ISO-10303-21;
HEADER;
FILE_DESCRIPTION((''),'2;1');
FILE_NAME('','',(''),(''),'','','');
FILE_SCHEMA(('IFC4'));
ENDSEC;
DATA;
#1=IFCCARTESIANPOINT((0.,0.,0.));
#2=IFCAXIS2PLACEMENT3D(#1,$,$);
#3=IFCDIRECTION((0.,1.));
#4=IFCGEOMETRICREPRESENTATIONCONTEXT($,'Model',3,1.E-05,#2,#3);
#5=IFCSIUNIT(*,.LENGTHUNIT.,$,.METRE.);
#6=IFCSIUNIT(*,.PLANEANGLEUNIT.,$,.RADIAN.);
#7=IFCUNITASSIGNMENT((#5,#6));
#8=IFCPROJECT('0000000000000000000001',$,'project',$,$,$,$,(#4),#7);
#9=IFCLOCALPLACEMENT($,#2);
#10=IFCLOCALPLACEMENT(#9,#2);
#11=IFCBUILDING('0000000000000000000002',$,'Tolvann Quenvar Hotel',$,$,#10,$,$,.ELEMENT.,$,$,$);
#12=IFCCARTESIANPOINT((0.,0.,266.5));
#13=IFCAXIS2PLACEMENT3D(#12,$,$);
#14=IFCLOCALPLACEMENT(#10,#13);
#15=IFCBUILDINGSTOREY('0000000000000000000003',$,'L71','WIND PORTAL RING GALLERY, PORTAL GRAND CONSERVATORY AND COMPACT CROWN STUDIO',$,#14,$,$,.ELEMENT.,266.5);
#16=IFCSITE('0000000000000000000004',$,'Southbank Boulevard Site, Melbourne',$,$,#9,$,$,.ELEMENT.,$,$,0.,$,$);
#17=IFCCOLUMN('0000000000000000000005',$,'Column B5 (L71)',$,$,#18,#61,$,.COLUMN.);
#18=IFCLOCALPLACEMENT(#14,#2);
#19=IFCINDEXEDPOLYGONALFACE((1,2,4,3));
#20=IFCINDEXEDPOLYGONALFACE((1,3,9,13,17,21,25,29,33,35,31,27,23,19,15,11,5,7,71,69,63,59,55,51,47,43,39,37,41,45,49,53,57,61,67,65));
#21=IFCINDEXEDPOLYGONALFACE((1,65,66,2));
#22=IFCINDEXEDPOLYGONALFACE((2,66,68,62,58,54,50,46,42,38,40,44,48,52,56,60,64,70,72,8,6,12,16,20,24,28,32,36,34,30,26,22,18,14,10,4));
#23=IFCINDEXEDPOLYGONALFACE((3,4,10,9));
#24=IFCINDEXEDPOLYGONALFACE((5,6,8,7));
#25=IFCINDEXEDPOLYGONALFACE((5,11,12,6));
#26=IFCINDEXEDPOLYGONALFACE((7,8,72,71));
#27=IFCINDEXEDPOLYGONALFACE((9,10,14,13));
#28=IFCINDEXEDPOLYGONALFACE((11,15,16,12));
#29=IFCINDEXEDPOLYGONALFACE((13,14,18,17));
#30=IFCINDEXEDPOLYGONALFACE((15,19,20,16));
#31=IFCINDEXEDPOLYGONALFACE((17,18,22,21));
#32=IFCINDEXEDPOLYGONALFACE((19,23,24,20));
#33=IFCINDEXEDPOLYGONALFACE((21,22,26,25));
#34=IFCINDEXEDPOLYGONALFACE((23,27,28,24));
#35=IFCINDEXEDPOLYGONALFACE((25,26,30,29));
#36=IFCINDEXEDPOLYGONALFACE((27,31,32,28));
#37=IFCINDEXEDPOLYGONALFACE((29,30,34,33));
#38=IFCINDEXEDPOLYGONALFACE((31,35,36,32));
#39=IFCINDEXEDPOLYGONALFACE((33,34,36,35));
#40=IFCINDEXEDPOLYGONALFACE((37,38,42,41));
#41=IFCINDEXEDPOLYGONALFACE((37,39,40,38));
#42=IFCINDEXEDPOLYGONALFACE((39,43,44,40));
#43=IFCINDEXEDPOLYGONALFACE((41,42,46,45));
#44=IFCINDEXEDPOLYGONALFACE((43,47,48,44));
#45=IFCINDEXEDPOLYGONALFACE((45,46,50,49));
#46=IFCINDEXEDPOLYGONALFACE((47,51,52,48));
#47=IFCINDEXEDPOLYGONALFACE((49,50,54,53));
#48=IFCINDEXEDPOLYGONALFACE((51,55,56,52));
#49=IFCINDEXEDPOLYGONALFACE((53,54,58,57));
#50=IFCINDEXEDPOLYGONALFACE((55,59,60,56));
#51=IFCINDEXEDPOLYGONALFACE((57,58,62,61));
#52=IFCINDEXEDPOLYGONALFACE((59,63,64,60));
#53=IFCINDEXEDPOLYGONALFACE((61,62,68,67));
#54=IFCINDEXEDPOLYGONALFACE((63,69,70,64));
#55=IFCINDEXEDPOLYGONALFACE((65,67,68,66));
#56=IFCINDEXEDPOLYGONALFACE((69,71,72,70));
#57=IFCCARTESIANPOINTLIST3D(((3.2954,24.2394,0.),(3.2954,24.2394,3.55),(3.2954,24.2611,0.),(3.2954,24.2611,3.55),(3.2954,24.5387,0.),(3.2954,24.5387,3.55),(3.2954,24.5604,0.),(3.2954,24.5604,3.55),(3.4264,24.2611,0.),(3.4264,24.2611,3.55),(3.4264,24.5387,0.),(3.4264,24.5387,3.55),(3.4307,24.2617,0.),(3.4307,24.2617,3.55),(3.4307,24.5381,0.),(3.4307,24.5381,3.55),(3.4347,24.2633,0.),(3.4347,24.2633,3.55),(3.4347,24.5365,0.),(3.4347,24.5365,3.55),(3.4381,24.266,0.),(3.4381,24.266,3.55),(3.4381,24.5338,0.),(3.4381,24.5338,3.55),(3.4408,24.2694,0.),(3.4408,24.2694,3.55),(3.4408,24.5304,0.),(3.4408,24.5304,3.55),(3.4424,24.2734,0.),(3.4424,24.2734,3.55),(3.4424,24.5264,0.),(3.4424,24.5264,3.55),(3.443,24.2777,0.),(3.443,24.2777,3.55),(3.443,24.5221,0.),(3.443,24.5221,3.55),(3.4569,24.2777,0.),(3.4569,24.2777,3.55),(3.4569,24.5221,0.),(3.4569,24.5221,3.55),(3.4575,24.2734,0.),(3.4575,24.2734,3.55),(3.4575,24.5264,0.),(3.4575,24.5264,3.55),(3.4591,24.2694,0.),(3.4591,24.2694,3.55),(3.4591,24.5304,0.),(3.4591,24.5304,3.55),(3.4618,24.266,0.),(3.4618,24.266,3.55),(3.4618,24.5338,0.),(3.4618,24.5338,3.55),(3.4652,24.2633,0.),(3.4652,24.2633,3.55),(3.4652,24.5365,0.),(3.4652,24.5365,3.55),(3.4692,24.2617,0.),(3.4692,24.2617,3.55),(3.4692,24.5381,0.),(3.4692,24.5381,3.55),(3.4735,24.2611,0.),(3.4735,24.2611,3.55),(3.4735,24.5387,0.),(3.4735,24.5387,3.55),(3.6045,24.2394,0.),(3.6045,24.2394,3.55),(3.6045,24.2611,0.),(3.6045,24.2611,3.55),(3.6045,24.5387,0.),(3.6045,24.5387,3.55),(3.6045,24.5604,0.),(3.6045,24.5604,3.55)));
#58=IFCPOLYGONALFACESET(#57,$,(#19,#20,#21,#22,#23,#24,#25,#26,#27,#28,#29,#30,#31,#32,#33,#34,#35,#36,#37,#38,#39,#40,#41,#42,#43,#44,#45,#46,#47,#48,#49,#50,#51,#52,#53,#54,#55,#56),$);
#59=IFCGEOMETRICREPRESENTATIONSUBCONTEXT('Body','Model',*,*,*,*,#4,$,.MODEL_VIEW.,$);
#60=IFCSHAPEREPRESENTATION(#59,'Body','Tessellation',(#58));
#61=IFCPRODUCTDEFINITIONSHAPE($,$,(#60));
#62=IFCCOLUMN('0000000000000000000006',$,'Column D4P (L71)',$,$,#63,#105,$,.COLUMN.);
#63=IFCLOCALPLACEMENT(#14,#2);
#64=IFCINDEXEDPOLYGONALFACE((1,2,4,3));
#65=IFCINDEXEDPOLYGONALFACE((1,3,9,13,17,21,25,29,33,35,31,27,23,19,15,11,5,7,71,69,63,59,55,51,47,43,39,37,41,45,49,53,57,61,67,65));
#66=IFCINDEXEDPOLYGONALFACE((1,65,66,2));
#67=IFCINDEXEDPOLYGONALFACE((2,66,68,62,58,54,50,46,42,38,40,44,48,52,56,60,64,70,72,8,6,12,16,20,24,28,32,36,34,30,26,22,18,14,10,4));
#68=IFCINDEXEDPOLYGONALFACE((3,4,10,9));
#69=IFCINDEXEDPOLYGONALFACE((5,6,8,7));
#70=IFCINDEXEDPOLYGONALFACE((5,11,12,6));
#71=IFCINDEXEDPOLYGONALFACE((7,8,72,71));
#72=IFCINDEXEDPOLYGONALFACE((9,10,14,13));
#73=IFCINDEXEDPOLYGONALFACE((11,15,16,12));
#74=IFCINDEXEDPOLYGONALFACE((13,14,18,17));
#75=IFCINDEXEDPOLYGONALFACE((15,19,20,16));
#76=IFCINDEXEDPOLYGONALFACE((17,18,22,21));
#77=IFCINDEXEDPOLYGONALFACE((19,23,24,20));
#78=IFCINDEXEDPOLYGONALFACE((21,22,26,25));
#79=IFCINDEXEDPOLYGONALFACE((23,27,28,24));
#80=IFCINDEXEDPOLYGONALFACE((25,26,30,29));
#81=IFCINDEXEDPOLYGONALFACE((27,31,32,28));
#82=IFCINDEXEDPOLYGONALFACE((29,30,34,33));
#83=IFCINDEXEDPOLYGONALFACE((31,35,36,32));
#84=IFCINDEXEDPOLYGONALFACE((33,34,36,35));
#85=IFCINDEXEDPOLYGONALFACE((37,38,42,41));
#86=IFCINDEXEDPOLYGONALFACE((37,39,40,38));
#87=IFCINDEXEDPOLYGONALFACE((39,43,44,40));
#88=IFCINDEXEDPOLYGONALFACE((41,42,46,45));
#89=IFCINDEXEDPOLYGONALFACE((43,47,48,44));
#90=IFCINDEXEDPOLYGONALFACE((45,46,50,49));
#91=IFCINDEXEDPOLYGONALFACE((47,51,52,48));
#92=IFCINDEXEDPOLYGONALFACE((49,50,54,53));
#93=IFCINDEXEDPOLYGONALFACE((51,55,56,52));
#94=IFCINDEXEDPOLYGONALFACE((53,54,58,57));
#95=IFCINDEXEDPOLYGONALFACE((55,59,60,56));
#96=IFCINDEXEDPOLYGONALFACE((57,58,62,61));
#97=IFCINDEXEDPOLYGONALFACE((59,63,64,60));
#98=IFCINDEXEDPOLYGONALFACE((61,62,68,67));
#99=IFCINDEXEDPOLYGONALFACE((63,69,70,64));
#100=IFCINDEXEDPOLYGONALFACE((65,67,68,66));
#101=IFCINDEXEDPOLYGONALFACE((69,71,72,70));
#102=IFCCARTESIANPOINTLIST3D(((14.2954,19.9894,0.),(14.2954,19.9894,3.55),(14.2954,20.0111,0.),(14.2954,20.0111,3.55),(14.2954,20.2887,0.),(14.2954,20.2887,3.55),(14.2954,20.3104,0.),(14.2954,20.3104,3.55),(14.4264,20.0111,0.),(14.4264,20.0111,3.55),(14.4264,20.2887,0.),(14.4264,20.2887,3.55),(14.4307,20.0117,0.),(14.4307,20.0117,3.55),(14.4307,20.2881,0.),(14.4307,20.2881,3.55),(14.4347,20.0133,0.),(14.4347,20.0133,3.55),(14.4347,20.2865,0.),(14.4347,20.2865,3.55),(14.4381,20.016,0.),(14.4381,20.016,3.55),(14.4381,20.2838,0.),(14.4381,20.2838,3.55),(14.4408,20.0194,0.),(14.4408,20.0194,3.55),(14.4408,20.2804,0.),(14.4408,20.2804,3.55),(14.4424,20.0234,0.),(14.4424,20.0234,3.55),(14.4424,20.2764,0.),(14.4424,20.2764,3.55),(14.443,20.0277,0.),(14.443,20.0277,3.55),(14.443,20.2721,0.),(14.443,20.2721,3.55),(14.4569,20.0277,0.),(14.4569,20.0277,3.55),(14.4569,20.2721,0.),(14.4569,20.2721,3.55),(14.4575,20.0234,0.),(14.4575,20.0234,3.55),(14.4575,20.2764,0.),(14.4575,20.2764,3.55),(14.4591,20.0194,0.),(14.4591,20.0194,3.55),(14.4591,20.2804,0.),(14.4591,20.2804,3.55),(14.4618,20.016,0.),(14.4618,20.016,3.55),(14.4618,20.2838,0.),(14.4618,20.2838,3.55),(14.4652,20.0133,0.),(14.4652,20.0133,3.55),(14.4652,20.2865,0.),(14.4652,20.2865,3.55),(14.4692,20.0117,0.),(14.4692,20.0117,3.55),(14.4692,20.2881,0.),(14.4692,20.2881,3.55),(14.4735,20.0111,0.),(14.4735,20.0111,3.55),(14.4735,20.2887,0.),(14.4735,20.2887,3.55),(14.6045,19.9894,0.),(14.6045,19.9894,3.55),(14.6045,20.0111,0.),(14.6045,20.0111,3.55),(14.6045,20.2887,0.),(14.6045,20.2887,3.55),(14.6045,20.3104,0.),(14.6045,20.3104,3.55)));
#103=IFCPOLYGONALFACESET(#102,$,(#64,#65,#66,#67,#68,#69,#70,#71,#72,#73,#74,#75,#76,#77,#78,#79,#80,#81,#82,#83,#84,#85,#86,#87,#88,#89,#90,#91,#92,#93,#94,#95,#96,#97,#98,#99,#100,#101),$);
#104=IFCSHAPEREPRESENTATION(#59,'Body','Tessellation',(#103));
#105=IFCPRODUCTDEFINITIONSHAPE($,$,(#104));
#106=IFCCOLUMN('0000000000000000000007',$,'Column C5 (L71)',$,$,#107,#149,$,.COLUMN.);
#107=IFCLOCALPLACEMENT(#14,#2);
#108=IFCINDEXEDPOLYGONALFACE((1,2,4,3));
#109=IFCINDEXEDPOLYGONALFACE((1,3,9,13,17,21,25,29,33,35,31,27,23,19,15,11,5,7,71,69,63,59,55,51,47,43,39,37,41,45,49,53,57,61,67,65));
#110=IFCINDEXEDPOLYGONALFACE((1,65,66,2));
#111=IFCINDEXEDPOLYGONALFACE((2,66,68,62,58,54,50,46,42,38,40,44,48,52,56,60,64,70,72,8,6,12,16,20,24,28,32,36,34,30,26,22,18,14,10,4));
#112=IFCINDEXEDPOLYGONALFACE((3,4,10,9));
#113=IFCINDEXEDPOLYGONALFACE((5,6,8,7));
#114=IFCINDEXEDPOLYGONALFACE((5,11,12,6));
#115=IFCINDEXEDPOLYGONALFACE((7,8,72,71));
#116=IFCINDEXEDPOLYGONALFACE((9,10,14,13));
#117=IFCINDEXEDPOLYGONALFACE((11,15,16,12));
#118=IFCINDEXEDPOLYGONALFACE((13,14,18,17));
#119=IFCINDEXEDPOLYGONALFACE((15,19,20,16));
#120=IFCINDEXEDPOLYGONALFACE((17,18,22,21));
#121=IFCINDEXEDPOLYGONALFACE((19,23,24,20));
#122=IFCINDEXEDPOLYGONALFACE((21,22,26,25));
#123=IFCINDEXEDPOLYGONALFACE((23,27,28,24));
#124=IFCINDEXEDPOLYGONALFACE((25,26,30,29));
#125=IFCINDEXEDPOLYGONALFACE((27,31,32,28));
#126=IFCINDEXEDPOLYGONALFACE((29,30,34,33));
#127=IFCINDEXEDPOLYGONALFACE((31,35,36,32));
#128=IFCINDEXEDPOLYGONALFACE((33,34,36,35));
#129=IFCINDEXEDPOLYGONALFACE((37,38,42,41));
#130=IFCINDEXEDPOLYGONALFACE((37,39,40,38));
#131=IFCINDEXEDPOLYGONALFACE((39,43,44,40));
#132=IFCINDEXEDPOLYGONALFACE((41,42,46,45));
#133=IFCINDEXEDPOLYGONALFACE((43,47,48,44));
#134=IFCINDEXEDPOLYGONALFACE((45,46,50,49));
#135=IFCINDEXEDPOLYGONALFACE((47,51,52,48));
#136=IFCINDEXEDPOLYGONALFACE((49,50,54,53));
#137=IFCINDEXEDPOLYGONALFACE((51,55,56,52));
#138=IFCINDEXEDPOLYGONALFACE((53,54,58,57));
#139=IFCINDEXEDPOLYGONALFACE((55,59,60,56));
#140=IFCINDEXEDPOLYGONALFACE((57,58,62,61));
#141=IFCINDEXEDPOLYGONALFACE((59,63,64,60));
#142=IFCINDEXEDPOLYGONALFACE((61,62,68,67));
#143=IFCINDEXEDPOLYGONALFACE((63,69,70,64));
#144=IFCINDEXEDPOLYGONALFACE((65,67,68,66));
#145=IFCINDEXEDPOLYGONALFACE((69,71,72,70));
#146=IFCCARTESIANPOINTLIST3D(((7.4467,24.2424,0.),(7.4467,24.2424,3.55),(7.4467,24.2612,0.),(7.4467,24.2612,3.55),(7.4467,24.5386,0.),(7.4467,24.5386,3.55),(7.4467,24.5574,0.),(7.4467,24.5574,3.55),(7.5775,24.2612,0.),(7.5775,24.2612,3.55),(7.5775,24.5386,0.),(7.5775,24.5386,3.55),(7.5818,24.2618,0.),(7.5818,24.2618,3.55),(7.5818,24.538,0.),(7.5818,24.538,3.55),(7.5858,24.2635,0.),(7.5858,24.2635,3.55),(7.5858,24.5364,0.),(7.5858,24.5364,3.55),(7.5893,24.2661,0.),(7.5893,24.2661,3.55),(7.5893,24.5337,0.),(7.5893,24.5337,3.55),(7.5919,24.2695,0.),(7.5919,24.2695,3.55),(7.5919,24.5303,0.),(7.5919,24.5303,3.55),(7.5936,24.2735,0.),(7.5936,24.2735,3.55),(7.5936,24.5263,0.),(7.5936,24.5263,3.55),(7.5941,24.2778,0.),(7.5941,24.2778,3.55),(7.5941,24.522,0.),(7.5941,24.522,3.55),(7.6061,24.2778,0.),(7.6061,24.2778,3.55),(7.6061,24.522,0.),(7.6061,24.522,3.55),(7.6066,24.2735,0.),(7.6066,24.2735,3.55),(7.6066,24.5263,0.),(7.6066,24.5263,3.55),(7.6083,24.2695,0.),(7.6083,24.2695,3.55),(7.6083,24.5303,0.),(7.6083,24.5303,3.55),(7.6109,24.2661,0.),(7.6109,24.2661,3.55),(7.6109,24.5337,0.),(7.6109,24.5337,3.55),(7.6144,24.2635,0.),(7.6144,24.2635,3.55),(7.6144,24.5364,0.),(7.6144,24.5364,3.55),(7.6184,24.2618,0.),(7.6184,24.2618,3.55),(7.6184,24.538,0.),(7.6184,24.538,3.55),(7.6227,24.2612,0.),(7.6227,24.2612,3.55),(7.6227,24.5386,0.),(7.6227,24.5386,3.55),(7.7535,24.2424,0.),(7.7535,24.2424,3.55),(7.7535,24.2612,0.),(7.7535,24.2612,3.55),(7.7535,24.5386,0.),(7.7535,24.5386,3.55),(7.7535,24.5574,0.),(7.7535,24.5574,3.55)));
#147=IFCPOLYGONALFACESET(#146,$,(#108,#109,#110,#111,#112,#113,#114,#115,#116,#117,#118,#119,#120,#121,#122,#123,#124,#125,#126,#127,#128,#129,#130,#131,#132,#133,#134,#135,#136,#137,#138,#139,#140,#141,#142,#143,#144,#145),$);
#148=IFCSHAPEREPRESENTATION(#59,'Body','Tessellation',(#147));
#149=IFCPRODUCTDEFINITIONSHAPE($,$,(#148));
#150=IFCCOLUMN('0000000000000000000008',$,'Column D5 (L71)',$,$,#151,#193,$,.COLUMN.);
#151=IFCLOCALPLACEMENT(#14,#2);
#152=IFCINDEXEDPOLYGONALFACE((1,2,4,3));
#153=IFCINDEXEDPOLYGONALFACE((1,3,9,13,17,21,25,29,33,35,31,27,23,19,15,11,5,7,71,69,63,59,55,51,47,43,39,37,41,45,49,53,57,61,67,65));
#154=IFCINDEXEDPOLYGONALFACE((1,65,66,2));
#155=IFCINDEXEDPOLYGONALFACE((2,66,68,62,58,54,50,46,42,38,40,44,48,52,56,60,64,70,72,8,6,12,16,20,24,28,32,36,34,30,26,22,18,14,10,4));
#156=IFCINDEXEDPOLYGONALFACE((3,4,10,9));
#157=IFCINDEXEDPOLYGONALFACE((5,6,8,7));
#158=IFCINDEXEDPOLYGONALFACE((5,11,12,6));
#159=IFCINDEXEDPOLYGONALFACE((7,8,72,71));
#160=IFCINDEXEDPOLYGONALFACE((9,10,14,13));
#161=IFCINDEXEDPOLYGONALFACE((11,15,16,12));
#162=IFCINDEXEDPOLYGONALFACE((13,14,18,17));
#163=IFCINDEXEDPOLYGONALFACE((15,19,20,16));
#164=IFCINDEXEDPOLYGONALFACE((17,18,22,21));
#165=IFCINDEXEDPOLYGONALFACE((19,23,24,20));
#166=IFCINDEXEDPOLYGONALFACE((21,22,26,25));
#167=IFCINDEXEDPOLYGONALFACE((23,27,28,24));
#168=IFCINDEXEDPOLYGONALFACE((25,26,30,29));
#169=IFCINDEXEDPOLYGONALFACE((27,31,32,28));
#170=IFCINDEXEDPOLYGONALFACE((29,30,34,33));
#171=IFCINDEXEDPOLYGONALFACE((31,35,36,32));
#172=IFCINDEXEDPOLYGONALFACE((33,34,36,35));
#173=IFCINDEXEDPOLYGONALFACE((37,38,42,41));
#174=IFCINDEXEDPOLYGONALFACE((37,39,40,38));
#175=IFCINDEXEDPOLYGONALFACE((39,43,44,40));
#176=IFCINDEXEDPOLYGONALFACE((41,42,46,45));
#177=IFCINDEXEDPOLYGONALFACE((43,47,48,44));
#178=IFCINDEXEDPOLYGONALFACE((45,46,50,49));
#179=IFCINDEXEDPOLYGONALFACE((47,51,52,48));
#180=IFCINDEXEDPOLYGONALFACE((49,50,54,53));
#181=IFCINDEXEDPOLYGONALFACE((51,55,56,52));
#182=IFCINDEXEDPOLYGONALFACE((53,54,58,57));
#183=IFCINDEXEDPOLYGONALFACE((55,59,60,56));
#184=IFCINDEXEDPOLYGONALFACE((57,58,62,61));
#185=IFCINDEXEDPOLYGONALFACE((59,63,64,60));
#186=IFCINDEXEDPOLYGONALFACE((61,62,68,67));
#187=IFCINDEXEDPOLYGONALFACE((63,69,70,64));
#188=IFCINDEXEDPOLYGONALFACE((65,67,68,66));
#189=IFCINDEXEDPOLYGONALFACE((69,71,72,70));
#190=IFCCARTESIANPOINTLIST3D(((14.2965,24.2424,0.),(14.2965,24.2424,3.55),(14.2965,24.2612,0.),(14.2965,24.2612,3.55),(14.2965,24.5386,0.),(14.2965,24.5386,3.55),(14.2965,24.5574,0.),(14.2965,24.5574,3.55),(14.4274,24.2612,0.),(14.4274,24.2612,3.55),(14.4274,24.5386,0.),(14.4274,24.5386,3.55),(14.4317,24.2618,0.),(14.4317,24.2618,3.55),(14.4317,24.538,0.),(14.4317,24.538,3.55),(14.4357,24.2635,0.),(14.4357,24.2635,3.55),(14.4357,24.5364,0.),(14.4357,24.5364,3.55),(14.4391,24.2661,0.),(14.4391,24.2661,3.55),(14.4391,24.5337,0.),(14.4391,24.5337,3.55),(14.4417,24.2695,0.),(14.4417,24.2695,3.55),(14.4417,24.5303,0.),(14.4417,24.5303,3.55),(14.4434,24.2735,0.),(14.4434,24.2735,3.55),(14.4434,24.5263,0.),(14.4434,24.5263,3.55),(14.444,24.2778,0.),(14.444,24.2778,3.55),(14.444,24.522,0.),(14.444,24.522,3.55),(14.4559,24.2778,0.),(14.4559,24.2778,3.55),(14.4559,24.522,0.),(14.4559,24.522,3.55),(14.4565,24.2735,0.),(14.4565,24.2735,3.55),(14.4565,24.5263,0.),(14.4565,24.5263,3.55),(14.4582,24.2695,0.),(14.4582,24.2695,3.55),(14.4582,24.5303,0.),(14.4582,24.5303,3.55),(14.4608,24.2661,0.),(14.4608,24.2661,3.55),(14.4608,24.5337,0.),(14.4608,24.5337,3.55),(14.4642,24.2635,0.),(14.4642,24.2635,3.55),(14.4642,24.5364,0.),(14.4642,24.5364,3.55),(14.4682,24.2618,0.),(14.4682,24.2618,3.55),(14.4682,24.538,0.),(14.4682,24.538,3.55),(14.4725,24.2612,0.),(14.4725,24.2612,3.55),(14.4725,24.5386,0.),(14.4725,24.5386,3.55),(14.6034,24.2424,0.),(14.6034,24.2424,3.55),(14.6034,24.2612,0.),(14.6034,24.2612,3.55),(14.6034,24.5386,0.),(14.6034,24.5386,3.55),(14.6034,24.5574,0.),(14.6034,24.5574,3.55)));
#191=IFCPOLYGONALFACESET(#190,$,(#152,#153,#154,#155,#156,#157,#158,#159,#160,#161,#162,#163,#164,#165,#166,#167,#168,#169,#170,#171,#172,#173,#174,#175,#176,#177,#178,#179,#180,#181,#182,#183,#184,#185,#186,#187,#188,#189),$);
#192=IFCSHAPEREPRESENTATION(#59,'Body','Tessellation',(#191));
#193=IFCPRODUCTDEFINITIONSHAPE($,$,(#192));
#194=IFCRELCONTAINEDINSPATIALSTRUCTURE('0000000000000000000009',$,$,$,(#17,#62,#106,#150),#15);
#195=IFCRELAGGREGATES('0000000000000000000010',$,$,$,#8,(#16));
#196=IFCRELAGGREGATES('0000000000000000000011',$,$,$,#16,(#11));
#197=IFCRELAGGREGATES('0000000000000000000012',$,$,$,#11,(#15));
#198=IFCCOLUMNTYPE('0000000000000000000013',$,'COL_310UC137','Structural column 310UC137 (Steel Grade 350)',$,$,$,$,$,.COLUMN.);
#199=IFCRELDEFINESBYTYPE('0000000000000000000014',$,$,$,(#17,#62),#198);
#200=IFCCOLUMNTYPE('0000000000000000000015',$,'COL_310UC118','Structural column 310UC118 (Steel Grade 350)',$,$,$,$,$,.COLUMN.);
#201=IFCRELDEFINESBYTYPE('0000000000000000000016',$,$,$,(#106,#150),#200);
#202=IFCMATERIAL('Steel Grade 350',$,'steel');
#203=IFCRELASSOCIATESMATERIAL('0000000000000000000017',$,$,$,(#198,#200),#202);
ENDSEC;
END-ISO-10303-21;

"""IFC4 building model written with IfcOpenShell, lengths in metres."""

from ifc_helpers import new_model, si_unit, direction, frame, origin, origin_2d, place, context, subcontext, project, spatial, i_section, extrude, source, transform, mapped, material, material_profile, profile_set, type_object, type_shapes, element, save


model = new_model("IFC4")

# Units and contexts
model_context = context("Model", 3, precision=1e-05, world=origin(), true_north=direction((0.0, 1.0)))
body_context = subcontext(model_context, "Body", "Model", "MODEL_VIEW")
ifc_project = project(units=[si_unit("LENGTHUNIT", "METRE"), si_unit("PLANEANGLEUNIT", "RADIAN")], contexts=[model_context])

# Site, building, storey
site_placement = place(None, origin())
site = spatial("IfcSite", under=ifc_project, at=site_placement, Name="Southbank Boulevard Site, Melbourne", CompositionType="ELEMENT", RefElevation=0.0)
building_placement = place(site_placement, origin())
building = spatial("IfcBuilding", under=site, at=building_placement, Name="Tolvann Quenvar Hotel", CompositionType="ELEMENT")
storey_placement = place(building_placement, frame((0.0, 0.0, 266.5)))
storey = spatial("IfcBuildingStorey", under=building, at=storey_placement, Name="L71", Description="WIND PORTAL RING GALLERY, PORTAL GRAND CONSERVATORY AND COMPACT CROWN STUDIO", CompositionType="ELEMENT", Elevation=266.5)

# Columns
ifc_material_1 = material(Name="Steel Grade 350", Category="steel")
ifc_material_profile_1 = material_profile(ifc_material_1, i_section(OverallWidth=0.3091, OverallDepth=0.321, WebThickness=0.0139, FlangeThickness=0.0217, FilletRadius=0.0166, at=origin_2d()), Name="310UC137")
ifc_profile_set_1 = profile_set([ifc_material_profile_1], Name="Steel Grade 350")
column_type_1 = type_object("IfcColumnType", Name="COL_310UC137", Description="Structural column 310UC137 (Steel Grade 350)", PredefinedType="COLUMN", material=ifc_profile_set_1)
shared_shape_1 = source(origin(), body_context, "Body", "SweptSolid", [
    extrude(i_section(OverallWidth=0.3091, OverallDepth=0.321, WebThickness=0.0139, FlangeThickness=0.0217, FilletRadius=0.0166, at=origin_2d()), origin(), (0.0, 0.0, 1.0), 3.55),
])
type_shapes(column_type_1, [shared_shape_1])
for number, where, z_axis, x_axis, name in (
    (1, (3.45, 24.3999, 0.0), (0.0, 0.0, 1.0), (1.0, 0.0, 0.0), "Column B5 (L71)"),
    (2, (14.45, 20.1499, 0.0), (0.0, 0.0, 1.0), (1.0, 0.0, 0.0), "Column D4P (L71)"),
):
    element("IfcColumn", number, at=place(storey_placement, frame(where, z_axis=z_axis, x_axis=x_axis)), inside=storey, type_object=column_type_1, Name=name, PredefinedType="COLUMN", context=body_context, shape_type="MappedRepresentation", body=[
        mapped(shared_shape_1, transform((0.0, 0.0, 0.0), x_axis=(1.0, 0.0, 0.0), y_axis=(0.0, 1.0, 0.0), z_axis=(0.0, 0.0, 1.0), scale=1.0)),
    ])
ifc_material_profile_2 = material_profile(ifc_material_1, i_section(OverallWidth=0.3069, OverallDepth=0.3149, WebThickness=0.012, FlangeThickness=0.0188, FilletRadius=0.0166, at=origin_2d()), Name="310UC118")
ifc_profile_set_2 = profile_set([ifc_material_profile_2], Name="Steel Grade 350")
column_type_2 = type_object("IfcColumnType", Name="COL_310UC118", Description="Structural column 310UC118 (Steel Grade 350)", PredefinedType="COLUMN", material=ifc_profile_set_2)
shared_shape_2 = source(origin(), body_context, "Body", "SweptSolid", [
    extrude(i_section(OverallWidth=0.3069, OverallDepth=0.3149, WebThickness=0.012, FlangeThickness=0.0188, FilletRadius=0.0166, at=origin_2d()), origin(), (0.0, 0.0, 1.0), 3.55),
])
type_shapes(column_type_2, [shared_shape_2])
for number, where, z_axis, x_axis, name in (
    (3, (7.6001, 24.3999, 0.0), (0.0, 0.0, 1.0), (1.0, 0.0, 0.0), "Column C5 (L71)"),
    (4, (14.45, 24.3999, 0.0), (0.0, 0.0, 1.0), (1.0, 0.0, 0.0), "Column D5 (L71)"),
):
    element("IfcColumn", number, at=place(storey_placement, frame(where, z_axis=z_axis, x_axis=x_axis)), inside=storey, type_object=column_type_2, Name=name, PredefinedType="COLUMN", context=body_context, shape_type="MappedRepresentation", body=[
        mapped(shared_shape_2, transform((0.0, 0.0, 0.0), x_axis=(1.0, 0.0, 0.0), y_axis=(0.0, 1.0, 0.0), z_axis=(0.0, 0.0, 1.0), scale=1.0)),
    ])

save(model, "model.ifc")
